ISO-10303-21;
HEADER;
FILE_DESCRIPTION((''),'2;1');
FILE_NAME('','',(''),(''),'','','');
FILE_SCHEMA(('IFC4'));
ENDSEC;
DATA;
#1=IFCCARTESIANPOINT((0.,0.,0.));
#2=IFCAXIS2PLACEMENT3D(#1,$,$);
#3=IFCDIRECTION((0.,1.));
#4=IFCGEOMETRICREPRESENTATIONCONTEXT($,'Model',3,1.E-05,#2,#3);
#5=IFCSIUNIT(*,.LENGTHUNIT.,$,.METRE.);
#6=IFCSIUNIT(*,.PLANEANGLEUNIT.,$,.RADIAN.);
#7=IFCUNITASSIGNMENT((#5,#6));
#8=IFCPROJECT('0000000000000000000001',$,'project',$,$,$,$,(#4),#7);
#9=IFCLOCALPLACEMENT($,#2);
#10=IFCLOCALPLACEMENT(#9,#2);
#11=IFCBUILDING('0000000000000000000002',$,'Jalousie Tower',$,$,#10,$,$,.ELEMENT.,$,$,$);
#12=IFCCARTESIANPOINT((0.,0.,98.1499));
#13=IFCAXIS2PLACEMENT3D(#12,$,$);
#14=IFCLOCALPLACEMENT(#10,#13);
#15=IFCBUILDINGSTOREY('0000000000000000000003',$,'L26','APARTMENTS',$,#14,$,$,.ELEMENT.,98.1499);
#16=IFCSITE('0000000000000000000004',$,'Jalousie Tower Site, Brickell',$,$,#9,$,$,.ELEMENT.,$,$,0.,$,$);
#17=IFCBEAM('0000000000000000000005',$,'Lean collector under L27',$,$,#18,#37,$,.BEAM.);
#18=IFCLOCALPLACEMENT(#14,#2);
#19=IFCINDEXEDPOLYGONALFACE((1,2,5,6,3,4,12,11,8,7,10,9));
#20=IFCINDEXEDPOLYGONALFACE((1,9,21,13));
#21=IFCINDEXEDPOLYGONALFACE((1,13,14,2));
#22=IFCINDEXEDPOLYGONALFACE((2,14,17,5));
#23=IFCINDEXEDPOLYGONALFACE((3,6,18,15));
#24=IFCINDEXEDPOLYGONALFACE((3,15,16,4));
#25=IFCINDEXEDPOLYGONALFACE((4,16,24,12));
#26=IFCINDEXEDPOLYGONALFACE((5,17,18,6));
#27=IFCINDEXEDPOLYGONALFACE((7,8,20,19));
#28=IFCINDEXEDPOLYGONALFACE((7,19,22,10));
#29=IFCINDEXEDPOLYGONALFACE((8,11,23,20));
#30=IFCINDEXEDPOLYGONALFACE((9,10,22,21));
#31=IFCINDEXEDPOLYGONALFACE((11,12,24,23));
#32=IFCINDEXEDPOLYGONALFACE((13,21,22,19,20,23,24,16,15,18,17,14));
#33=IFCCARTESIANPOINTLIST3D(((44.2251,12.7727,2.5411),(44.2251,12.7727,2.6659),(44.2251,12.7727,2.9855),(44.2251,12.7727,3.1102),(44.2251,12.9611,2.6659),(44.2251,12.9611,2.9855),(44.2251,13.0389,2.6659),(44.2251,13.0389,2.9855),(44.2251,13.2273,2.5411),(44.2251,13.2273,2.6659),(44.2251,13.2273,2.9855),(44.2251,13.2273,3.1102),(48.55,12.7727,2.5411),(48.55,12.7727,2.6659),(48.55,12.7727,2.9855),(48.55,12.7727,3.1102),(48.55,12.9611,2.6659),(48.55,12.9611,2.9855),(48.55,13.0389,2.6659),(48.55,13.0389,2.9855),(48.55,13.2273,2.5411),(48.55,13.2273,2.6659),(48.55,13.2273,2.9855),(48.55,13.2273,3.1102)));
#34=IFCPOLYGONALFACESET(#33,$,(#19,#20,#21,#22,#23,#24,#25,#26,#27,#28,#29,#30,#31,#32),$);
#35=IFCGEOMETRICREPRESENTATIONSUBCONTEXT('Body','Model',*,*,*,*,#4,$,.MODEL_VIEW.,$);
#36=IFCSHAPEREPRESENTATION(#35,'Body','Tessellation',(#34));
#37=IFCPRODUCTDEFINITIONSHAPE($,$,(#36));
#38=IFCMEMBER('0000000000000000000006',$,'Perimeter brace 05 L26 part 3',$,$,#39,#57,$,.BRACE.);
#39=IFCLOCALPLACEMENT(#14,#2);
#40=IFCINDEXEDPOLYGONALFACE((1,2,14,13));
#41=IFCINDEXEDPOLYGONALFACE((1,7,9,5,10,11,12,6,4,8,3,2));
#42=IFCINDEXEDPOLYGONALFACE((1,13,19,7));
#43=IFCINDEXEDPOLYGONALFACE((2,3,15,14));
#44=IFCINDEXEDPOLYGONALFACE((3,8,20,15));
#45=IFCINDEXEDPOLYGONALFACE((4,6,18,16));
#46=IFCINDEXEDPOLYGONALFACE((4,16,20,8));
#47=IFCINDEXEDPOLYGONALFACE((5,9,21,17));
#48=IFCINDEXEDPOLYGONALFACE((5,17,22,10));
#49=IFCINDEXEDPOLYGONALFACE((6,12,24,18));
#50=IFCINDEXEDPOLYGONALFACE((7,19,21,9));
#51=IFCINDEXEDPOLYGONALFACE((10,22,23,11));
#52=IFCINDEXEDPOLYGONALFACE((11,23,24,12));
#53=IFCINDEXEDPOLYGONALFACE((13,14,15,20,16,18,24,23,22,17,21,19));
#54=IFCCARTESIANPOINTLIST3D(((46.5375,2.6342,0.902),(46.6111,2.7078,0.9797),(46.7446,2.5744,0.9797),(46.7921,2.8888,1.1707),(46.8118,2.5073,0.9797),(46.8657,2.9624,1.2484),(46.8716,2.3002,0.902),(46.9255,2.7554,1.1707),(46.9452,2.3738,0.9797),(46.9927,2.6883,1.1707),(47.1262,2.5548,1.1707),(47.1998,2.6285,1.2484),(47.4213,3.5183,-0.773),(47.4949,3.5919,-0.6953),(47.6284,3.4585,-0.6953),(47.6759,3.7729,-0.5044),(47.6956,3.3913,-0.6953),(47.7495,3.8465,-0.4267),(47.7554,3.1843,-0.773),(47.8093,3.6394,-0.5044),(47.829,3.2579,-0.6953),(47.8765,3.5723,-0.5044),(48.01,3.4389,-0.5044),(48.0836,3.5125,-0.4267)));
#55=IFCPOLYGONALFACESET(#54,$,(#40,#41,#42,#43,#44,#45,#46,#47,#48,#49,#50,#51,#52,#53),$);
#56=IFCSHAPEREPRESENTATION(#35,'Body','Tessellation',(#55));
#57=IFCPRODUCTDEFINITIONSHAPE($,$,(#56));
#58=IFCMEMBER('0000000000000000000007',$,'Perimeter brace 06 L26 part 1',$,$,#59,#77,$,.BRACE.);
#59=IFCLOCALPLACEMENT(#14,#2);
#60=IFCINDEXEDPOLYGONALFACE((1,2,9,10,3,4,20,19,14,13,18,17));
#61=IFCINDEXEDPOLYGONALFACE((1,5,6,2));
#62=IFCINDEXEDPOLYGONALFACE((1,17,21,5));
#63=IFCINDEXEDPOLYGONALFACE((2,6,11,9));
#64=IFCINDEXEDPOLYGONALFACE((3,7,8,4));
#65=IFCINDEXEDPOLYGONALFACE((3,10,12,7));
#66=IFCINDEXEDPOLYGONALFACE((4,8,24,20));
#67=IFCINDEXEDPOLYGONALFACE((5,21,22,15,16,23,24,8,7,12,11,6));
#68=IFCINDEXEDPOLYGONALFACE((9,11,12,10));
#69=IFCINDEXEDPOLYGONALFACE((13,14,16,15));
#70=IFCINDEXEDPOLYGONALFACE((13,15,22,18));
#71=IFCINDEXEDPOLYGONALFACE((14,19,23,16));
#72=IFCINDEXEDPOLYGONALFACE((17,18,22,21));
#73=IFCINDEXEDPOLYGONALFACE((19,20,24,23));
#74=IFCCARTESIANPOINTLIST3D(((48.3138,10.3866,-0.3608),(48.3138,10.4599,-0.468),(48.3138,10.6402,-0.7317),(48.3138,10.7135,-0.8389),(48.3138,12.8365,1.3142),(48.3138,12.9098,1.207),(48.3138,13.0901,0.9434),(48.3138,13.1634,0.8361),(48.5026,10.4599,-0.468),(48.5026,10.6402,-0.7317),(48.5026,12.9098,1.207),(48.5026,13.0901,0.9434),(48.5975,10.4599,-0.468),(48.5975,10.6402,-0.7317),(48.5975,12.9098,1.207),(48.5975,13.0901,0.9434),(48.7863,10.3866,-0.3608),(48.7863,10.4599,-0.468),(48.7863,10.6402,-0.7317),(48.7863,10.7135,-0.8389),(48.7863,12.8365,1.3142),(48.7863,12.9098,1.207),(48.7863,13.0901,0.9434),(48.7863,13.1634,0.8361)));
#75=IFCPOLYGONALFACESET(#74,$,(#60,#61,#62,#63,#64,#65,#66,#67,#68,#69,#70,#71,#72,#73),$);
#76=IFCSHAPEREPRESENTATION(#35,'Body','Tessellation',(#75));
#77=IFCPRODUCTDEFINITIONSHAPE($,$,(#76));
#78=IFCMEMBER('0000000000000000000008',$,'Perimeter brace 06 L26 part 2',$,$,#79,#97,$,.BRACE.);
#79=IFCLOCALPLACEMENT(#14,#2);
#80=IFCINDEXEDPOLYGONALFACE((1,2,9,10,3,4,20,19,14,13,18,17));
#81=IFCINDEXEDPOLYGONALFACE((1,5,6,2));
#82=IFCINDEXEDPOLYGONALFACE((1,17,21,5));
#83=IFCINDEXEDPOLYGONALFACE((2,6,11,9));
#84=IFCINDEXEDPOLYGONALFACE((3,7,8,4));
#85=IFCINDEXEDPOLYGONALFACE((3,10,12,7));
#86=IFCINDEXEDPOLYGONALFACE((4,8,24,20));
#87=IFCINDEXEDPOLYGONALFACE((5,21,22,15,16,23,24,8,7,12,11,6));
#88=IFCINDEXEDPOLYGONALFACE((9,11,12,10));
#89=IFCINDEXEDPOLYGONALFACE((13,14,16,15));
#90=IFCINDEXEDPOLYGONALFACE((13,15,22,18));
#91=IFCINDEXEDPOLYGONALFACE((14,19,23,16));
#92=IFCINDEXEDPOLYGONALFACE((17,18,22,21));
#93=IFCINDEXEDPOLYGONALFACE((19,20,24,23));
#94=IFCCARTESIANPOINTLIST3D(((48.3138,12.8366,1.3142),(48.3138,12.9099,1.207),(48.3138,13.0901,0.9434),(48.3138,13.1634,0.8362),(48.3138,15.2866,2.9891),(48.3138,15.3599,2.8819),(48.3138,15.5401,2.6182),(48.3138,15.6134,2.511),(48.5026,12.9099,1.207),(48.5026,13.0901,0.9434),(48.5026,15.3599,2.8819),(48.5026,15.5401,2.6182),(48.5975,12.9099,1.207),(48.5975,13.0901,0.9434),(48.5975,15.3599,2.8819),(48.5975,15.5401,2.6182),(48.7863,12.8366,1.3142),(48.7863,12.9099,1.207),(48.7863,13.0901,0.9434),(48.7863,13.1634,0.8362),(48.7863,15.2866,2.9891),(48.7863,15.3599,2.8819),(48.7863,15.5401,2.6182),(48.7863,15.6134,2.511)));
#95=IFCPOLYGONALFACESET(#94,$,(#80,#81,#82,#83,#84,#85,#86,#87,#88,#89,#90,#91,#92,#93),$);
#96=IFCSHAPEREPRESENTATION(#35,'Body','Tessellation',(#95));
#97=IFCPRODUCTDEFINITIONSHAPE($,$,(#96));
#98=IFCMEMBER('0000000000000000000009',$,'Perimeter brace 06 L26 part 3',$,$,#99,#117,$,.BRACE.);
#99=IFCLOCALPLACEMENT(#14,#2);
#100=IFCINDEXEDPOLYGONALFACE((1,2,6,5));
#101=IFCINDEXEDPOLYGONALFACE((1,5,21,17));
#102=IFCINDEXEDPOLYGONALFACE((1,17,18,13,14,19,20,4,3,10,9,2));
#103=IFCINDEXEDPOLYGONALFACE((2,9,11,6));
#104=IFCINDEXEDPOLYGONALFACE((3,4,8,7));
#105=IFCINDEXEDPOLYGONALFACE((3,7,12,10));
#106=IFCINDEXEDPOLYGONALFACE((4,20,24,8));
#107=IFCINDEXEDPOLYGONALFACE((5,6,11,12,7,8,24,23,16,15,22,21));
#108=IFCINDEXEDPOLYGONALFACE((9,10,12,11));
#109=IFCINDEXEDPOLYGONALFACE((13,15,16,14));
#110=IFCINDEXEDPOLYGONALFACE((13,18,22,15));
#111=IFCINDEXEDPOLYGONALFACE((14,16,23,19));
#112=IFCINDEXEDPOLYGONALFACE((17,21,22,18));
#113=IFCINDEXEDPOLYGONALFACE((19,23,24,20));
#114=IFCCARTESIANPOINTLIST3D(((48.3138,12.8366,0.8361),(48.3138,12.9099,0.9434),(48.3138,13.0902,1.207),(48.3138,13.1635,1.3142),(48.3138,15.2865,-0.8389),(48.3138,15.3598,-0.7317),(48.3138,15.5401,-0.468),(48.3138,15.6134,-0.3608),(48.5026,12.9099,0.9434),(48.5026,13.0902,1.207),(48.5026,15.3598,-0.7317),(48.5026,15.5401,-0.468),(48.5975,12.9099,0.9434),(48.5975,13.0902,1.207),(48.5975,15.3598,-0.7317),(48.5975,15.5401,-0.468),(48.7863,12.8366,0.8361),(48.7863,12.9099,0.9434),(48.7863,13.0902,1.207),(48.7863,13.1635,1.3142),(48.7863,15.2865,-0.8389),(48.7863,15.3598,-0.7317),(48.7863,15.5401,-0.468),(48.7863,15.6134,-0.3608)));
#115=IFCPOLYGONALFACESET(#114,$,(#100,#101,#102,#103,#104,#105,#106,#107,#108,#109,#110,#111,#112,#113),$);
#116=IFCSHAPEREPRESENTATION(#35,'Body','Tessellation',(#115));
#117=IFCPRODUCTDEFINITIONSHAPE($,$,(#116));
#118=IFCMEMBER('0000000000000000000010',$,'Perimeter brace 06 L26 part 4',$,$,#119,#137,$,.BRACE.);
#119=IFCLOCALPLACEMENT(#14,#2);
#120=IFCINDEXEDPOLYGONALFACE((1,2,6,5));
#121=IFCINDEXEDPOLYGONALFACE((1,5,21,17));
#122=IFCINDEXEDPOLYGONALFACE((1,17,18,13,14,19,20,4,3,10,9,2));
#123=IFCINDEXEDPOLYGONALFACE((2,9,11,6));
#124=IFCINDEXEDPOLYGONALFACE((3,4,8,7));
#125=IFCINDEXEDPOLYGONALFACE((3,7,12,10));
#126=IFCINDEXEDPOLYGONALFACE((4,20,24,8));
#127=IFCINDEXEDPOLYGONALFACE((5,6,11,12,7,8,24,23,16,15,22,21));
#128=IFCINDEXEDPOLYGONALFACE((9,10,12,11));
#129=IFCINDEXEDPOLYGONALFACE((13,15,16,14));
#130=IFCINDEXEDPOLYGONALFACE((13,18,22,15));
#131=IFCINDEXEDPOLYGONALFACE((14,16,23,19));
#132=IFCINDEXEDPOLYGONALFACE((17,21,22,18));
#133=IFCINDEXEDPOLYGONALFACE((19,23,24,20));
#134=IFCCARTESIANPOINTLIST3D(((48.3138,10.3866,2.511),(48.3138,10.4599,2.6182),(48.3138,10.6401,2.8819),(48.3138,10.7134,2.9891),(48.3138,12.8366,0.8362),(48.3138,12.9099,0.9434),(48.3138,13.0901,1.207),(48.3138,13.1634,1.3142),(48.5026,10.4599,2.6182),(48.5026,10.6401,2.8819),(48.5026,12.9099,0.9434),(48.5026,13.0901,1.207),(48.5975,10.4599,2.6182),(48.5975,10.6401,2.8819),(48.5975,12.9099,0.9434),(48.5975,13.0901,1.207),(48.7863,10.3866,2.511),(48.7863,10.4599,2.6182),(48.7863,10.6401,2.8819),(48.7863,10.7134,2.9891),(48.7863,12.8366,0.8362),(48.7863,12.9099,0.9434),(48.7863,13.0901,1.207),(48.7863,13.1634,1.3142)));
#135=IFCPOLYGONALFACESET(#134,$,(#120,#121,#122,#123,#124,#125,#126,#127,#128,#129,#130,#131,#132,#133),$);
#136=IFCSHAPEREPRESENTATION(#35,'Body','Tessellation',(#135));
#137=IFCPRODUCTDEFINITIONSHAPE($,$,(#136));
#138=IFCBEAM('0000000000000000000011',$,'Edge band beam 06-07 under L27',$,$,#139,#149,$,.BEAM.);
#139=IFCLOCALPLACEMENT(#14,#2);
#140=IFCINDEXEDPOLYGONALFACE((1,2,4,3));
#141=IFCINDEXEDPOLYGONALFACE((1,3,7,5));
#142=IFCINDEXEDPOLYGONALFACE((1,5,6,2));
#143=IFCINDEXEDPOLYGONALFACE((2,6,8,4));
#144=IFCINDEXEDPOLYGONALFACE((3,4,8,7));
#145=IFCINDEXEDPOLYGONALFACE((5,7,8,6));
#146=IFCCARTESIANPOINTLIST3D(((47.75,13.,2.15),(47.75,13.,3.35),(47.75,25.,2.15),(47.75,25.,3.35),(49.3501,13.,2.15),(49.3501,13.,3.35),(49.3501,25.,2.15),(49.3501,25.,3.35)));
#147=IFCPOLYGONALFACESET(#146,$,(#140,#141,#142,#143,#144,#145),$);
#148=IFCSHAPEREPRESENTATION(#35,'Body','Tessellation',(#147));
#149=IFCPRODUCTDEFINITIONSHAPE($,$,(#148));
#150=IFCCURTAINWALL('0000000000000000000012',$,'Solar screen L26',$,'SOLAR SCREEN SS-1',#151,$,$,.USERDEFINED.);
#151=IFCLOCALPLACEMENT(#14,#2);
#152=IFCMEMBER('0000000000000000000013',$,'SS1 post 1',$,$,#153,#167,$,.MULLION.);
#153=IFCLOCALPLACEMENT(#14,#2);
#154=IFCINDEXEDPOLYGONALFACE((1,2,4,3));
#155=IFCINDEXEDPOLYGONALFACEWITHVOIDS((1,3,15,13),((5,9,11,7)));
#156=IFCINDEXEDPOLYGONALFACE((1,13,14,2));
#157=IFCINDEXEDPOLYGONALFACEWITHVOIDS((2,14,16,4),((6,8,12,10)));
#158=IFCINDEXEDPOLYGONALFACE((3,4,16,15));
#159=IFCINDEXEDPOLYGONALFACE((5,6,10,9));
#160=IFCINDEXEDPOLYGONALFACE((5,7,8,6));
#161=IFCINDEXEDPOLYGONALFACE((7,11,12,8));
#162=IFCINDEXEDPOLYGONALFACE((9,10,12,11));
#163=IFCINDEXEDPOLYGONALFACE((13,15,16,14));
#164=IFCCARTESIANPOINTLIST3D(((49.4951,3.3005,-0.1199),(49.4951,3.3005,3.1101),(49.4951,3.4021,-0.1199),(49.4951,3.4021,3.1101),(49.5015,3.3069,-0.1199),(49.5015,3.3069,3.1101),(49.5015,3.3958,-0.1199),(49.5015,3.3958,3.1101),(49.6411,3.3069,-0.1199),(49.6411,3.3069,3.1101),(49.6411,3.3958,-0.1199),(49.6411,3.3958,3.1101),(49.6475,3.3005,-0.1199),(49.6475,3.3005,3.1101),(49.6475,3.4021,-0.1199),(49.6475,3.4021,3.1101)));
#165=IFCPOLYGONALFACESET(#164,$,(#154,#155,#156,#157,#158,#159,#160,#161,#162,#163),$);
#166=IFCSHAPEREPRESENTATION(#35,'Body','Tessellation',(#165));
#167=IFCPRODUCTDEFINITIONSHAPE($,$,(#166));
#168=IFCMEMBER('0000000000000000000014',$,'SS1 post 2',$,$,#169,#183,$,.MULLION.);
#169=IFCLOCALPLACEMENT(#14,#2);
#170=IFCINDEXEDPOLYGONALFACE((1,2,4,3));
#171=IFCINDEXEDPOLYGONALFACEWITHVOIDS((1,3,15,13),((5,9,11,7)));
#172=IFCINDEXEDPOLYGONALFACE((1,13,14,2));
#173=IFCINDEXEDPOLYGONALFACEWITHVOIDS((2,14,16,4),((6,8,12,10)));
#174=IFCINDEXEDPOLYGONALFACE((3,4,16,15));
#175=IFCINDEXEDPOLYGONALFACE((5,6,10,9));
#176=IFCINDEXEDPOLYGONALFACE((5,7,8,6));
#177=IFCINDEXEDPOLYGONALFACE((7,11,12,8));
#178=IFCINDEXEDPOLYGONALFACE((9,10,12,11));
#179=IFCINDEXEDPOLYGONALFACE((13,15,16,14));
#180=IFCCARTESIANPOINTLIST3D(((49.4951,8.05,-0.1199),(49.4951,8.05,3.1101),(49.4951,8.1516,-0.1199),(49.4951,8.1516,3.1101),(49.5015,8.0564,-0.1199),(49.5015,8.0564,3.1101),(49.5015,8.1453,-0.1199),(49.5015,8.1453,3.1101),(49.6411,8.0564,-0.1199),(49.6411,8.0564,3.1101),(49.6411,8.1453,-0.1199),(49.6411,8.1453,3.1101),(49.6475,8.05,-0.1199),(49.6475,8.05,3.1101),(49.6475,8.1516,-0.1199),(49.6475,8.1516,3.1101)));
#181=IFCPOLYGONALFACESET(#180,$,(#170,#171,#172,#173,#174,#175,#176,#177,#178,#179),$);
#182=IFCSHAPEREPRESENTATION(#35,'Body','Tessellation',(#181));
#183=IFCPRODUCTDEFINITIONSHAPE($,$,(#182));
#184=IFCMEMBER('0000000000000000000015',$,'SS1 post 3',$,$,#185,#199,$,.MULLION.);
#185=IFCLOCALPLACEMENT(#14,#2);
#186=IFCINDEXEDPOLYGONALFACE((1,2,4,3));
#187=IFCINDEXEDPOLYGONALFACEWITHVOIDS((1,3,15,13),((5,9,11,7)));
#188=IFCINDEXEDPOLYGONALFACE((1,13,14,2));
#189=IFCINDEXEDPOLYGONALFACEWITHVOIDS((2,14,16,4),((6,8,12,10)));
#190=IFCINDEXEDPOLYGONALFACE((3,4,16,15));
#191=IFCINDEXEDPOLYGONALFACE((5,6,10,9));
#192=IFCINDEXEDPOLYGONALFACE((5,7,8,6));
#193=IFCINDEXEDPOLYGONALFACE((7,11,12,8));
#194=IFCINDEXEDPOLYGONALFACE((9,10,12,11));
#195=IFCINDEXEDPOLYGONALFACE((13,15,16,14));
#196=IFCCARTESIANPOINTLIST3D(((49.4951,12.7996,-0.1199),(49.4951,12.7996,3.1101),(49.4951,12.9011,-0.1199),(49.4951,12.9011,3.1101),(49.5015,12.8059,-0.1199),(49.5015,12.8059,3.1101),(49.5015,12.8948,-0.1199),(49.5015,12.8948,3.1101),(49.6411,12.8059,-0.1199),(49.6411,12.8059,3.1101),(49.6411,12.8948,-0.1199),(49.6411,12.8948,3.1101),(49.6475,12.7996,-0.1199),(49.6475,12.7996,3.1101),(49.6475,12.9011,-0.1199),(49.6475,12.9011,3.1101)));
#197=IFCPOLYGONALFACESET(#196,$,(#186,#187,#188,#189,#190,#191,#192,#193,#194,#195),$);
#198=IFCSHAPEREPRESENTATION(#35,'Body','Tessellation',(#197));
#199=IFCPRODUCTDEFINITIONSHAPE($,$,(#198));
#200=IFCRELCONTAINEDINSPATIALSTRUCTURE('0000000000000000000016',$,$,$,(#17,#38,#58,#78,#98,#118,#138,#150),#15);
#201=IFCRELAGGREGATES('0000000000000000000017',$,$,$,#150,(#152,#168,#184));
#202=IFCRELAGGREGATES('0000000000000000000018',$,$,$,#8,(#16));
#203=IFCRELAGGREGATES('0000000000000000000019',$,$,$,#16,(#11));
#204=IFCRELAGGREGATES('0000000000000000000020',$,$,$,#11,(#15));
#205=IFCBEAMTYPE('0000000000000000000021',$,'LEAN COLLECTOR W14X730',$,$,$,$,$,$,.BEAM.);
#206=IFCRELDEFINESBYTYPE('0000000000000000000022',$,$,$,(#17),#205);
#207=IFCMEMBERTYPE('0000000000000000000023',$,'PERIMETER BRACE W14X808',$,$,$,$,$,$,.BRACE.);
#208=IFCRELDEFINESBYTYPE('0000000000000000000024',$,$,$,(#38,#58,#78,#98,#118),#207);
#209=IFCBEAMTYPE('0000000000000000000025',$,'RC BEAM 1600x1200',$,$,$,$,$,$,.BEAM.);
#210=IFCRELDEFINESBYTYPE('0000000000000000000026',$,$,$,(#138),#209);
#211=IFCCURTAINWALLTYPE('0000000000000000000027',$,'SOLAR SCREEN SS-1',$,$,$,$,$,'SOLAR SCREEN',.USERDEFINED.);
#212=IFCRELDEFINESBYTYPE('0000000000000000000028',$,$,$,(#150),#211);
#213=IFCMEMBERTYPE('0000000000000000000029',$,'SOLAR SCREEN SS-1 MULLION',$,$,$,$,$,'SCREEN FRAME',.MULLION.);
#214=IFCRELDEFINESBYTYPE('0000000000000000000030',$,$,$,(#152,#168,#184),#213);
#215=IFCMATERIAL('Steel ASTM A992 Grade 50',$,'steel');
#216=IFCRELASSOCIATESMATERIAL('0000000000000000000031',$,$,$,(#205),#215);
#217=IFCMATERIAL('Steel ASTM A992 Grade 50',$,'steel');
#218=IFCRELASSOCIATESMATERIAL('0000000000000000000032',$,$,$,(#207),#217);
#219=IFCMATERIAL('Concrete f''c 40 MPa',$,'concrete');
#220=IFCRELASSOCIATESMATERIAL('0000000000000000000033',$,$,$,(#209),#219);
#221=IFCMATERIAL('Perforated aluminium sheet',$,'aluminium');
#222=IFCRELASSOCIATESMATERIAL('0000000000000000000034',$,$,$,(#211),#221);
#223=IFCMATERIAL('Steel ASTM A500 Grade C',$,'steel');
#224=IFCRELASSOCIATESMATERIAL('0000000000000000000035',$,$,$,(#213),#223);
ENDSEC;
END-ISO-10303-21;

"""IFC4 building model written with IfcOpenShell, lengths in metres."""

from ifc_helpers import new_model, si_unit, direction, frame, origin, origin_2d, place, context, subcontext, project, spatial, rectangle, hollow_rectangle, i_section, extrude, material, material_profile, profile_set, type_object, element, aggregate, save


model = new_model("IFC4")

# Units and contexts
model_context = context("Model", 3, precision=1e-05, world=origin(), true_north=direction((0.0, 1.0)))
body_context = subcontext(model_context, "Body", "Model", "MODEL_VIEW")
ifc_project = project(units=[si_unit("LENGTHUNIT", "METRE"), si_unit("PLANEANGLEUNIT", "RADIAN")], contexts=[model_context])

# Site, building, storey
site_placement = place(None, origin())
site = spatial("IfcSite", under=ifc_project, at=site_placement, Name="Jalousie Tower Site, Brickell", CompositionType="ELEMENT", RefElevation=0.0)
building_placement = place(site_placement, origin())
building = spatial("IfcBuilding", under=site, at=building_placement, Name="Jalousie Tower", CompositionType="ELEMENT")
storey_placement = place(building_placement, frame((0.0, 0.0, 98.1499)))
storey = spatial("IfcBuildingStorey", under=building, at=storey_placement, Name="L26", Description="APARTMENTS", CompositionType="ELEMENT", Elevation=98.1499)

# Beam
ifc_material_1 = material(Name="Steel ASTM A992 Grade 50", Category="steel")
ifc_material_profile_1 = material_profile(ifc_material_1, i_section(OverallWidth=0.4546, OverallDepth=0.5691, WebThickness=0.0779, FlangeThickness=0.1248, at=origin_2d()), Name="W14X730")
ifc_profile_set_1 = profile_set([ifc_material_profile_1], Name="Steel ASTM A992 Grade 50")
beam_type_1 = type_object("IfcBeamType", Name="LEAN COLLECTOR W14X730", PredefinedType="BEAM", material=ifc_profile_set_1)
beam_1_placement = place(storey_placement, frame((48.55, 13.0, 2.8257), z_axis=(-1.0, 0.0, 0.0), x_axis=(0.0, -1.0, 0.0)))
element("IfcBeam", 1, at=beam_1_placement, inside=storey, type_object=beam_type_1, Name="Lean collector under L27", PredefinedType="BEAM", context=body_context, shape_type="SweptSolid", body=[
    extrude(i_section(OverallWidth=0.4546, OverallDepth=0.5691, WebThickness=0.0779, FlangeThickness=0.1248, at=origin_2d()), origin(), (0.0, 0.0, 1.0), 4.325),
])

# Members
ifc_material_2 = material(Name="Steel ASTM A992 Grade 50", Category="steel")
ifc_material_profile_2 = material_profile(ifc_material_2, i_section(OverallWidth=0.4724, OverallDepth=0.5791, WebThickness=0.095, FlangeThickness=0.1299, at=origin_2d()), Name="W14X808")
ifc_profile_set_2 = profile_set([ifc_material_profile_2], Name="Steel ASTM A992 Grade 50")
member_type_1 = type_object("IfcMemberType", Name="PERIMETER BRACE W14X808", PredefinedType="BRACE", material=ifc_profile_set_2)
member_1_placement = place(storey_placement, frame((47.7524, 3.5154, -0.5999), z_axis=(-0.422852, -0.422969, 0.801432), x_axis=(0.707204, -0.707009, 0.0)))
element("IfcMember", 2, at=member_1_placement, inside=storey, type_object=member_type_1, Name="Perimeter brace 05 L26 part 3", PredefinedType="BRACE", context=body_context, shape_type="SweptSolid", body=[
    extrude(i_section(OverallWidth=0.4724, OverallDepth=0.5791, WebThickness=0.095, FlangeThickness=0.1299, at=origin_2d()), origin(), (0.0, 0.0, 1.0), 2.0901),
])
for number, where, z_axis, x_axis, name in (
    (3, (48.55, 10.55, -0.5999), (0.0, 0.825501, 0.564401), (-1.0, 0.0, 0.0), "Perimeter brace 06 L26 part 1"),
    (4, (48.55, 13.0, 1.0752), (0.0, 0.825539, 0.564345), (-1.0, 0.0, 0.0), "Perimeter brace 06 L26 part 2"),
    (5, (48.55, 15.45, -0.5999), (0.0, -0.825501, 0.564401), (1.0, 0.0, 0.0), "Perimeter brace 06 L26 part 3"),
    (6, (48.55, 13.0, 1.0752), (0.0, -0.825539, 0.564345), (1.0, 0.0, 0.0), "Perimeter brace 06 L26 part 4"),
):
    element("IfcMember", number, at=place(storey_placement, frame(where, z_axis=z_axis, x_axis=x_axis)), inside=storey, type_object=member_type_1, Name=name, PredefinedType="BRACE", context=body_context, shape_type="SweptSolid", body=[
        extrude(i_section(OverallWidth=0.4724, OverallDepth=0.5791, WebThickness=0.095, FlangeThickness=0.1299, at=origin_2d()), origin(), (0.0, 0.0, 1.0), 2.9678),
    ])

# Beam
ifc_material_3 = material(Name="Concrete f'c 40 MPa", Category="concrete")
ifc_material_profile_3 = material_profile(ifc_material_3, rectangle(XDim=1.6001, YDim=1.2, at=origin_2d()), Name="RC 1600x1200")
ifc_profile_set_3 = profile_set([ifc_material_profile_3], Name="Concrete f'c 40 MPa")
beam_type_2 = type_object("IfcBeamType", Name="RC BEAM 1600x1200", PredefinedType="BEAM", material=ifc_profile_set_3)
beam_2_placement = place(storey_placement, frame((48.55, 13.0, 2.75), z_axis=(0.0, 1.0, 0.0), x_axis=(-1.0, 0.0, 0.0)))
element("IfcBeam", 7, at=beam_2_placement, inside=storey, type_object=beam_type_2, Name="Edge band beam 06-07 under L27", PredefinedType="BEAM", context=body_context, shape_type="SweptSolid", body=[
    extrude(rectangle(XDim=1.6001, YDim=1.2, at=origin_2d()), origin(), (0.0, 0.0, 1.0), 12.0),
])

# Curtain wall, members
ifc_material_4 = material(Name="Perforated aluminium sheet", Category="aluminium")
curtain_wall_type = type_object("IfcCurtainWallType", Name="SOLAR SCREEN SS-1", ElementType="SOLAR SCREEN", PredefinedType="USERDEFINED", material=ifc_material_4)
curtain_wall_placement = place(storey_placement, origin())
curtain_wall = element("IfcCurtainWall", 8, at=curtain_wall_placement, inside=storey, type_object=curtain_wall_type, Name="Solar screen L26", ObjectType="SOLAR SCREEN SS-1", PredefinedType="USERDEFINED")
ifc_material_5 = material(Name="Steel ASTM A500 Grade C", Category="steel")
ifc_material_profile_4 = material_profile(ifc_material_5, hollow_rectangle(XDim=0.1016, YDim=0.1523, WallThickness=0.0063, at=origin_2d()), Name="HSS6X4X1/4")
ifc_profile_set_4 = profile_set([ifc_material_profile_4], Name="Steel ASTM A500 Grade C")
member_type_2 = type_object("IfcMemberType", Name="SOLAR SCREEN SS-1 MULLION", ElementType="SCREEN FRAME", PredefinedType="MULLION", material=ifc_profile_set_4)
member_2_placement = place(storey_placement, frame((49.5713, 3.3513, -0.1199), z_axis=(0.0, 0.0, 1.0), x_axis=(0.0, 1.0, 0.0)))
member_2 = element("IfcMember", 9, at=member_2_placement, type_object=member_type_2, Name="SS1 post 1", PredefinedType="MULLION", context=body_context, shape_type="SweptSolid", body=[
    extrude(hollow_rectangle(XDim=0.1016, YDim=0.1523, WallThickness=0.0063, at=origin_2d()), origin(), (0.0, 0.0, 1.0), 3.23),
])
member_3_placement = place(storey_placement, frame((49.5713, 8.1008, -0.1199), z_axis=(0.0, 0.0, 1.0), x_axis=(0.0, 1.0, 0.0)))
member_3 = element("IfcMember", 10, at=member_3_placement, type_object=member_type_2, Name="SS1 post 2", PredefinedType="MULLION", context=body_context, shape_type="SweptSolid", body=[
    extrude(hollow_rectangle(XDim=0.1016, YDim=0.1523, WallThickness=0.0063, at=origin_2d()), origin(), (0.0, 0.0, 1.0), 3.23),
])
member_4_placement = place(storey_placement, frame((49.5713, 12.8503, -0.1199), z_axis=(0.0, 0.0, 1.0), x_axis=(0.0, 1.0, 0.0)))
member_4 = element("IfcMember", 11, at=member_4_placement, type_object=member_type_2, Name="SS1 post 3", PredefinedType="MULLION", context=body_context, shape_type="SweptSolid", body=[
    extrude(hollow_rectangle(XDim=0.1016, YDim=0.1523, WallThickness=0.0063, at=origin_2d()), origin(), (0.0, 0.0, 1.0), 3.23),
])
aggregate(curtain_wall, [member_2, member_3, member_4])

save(model, "model.ifc")
